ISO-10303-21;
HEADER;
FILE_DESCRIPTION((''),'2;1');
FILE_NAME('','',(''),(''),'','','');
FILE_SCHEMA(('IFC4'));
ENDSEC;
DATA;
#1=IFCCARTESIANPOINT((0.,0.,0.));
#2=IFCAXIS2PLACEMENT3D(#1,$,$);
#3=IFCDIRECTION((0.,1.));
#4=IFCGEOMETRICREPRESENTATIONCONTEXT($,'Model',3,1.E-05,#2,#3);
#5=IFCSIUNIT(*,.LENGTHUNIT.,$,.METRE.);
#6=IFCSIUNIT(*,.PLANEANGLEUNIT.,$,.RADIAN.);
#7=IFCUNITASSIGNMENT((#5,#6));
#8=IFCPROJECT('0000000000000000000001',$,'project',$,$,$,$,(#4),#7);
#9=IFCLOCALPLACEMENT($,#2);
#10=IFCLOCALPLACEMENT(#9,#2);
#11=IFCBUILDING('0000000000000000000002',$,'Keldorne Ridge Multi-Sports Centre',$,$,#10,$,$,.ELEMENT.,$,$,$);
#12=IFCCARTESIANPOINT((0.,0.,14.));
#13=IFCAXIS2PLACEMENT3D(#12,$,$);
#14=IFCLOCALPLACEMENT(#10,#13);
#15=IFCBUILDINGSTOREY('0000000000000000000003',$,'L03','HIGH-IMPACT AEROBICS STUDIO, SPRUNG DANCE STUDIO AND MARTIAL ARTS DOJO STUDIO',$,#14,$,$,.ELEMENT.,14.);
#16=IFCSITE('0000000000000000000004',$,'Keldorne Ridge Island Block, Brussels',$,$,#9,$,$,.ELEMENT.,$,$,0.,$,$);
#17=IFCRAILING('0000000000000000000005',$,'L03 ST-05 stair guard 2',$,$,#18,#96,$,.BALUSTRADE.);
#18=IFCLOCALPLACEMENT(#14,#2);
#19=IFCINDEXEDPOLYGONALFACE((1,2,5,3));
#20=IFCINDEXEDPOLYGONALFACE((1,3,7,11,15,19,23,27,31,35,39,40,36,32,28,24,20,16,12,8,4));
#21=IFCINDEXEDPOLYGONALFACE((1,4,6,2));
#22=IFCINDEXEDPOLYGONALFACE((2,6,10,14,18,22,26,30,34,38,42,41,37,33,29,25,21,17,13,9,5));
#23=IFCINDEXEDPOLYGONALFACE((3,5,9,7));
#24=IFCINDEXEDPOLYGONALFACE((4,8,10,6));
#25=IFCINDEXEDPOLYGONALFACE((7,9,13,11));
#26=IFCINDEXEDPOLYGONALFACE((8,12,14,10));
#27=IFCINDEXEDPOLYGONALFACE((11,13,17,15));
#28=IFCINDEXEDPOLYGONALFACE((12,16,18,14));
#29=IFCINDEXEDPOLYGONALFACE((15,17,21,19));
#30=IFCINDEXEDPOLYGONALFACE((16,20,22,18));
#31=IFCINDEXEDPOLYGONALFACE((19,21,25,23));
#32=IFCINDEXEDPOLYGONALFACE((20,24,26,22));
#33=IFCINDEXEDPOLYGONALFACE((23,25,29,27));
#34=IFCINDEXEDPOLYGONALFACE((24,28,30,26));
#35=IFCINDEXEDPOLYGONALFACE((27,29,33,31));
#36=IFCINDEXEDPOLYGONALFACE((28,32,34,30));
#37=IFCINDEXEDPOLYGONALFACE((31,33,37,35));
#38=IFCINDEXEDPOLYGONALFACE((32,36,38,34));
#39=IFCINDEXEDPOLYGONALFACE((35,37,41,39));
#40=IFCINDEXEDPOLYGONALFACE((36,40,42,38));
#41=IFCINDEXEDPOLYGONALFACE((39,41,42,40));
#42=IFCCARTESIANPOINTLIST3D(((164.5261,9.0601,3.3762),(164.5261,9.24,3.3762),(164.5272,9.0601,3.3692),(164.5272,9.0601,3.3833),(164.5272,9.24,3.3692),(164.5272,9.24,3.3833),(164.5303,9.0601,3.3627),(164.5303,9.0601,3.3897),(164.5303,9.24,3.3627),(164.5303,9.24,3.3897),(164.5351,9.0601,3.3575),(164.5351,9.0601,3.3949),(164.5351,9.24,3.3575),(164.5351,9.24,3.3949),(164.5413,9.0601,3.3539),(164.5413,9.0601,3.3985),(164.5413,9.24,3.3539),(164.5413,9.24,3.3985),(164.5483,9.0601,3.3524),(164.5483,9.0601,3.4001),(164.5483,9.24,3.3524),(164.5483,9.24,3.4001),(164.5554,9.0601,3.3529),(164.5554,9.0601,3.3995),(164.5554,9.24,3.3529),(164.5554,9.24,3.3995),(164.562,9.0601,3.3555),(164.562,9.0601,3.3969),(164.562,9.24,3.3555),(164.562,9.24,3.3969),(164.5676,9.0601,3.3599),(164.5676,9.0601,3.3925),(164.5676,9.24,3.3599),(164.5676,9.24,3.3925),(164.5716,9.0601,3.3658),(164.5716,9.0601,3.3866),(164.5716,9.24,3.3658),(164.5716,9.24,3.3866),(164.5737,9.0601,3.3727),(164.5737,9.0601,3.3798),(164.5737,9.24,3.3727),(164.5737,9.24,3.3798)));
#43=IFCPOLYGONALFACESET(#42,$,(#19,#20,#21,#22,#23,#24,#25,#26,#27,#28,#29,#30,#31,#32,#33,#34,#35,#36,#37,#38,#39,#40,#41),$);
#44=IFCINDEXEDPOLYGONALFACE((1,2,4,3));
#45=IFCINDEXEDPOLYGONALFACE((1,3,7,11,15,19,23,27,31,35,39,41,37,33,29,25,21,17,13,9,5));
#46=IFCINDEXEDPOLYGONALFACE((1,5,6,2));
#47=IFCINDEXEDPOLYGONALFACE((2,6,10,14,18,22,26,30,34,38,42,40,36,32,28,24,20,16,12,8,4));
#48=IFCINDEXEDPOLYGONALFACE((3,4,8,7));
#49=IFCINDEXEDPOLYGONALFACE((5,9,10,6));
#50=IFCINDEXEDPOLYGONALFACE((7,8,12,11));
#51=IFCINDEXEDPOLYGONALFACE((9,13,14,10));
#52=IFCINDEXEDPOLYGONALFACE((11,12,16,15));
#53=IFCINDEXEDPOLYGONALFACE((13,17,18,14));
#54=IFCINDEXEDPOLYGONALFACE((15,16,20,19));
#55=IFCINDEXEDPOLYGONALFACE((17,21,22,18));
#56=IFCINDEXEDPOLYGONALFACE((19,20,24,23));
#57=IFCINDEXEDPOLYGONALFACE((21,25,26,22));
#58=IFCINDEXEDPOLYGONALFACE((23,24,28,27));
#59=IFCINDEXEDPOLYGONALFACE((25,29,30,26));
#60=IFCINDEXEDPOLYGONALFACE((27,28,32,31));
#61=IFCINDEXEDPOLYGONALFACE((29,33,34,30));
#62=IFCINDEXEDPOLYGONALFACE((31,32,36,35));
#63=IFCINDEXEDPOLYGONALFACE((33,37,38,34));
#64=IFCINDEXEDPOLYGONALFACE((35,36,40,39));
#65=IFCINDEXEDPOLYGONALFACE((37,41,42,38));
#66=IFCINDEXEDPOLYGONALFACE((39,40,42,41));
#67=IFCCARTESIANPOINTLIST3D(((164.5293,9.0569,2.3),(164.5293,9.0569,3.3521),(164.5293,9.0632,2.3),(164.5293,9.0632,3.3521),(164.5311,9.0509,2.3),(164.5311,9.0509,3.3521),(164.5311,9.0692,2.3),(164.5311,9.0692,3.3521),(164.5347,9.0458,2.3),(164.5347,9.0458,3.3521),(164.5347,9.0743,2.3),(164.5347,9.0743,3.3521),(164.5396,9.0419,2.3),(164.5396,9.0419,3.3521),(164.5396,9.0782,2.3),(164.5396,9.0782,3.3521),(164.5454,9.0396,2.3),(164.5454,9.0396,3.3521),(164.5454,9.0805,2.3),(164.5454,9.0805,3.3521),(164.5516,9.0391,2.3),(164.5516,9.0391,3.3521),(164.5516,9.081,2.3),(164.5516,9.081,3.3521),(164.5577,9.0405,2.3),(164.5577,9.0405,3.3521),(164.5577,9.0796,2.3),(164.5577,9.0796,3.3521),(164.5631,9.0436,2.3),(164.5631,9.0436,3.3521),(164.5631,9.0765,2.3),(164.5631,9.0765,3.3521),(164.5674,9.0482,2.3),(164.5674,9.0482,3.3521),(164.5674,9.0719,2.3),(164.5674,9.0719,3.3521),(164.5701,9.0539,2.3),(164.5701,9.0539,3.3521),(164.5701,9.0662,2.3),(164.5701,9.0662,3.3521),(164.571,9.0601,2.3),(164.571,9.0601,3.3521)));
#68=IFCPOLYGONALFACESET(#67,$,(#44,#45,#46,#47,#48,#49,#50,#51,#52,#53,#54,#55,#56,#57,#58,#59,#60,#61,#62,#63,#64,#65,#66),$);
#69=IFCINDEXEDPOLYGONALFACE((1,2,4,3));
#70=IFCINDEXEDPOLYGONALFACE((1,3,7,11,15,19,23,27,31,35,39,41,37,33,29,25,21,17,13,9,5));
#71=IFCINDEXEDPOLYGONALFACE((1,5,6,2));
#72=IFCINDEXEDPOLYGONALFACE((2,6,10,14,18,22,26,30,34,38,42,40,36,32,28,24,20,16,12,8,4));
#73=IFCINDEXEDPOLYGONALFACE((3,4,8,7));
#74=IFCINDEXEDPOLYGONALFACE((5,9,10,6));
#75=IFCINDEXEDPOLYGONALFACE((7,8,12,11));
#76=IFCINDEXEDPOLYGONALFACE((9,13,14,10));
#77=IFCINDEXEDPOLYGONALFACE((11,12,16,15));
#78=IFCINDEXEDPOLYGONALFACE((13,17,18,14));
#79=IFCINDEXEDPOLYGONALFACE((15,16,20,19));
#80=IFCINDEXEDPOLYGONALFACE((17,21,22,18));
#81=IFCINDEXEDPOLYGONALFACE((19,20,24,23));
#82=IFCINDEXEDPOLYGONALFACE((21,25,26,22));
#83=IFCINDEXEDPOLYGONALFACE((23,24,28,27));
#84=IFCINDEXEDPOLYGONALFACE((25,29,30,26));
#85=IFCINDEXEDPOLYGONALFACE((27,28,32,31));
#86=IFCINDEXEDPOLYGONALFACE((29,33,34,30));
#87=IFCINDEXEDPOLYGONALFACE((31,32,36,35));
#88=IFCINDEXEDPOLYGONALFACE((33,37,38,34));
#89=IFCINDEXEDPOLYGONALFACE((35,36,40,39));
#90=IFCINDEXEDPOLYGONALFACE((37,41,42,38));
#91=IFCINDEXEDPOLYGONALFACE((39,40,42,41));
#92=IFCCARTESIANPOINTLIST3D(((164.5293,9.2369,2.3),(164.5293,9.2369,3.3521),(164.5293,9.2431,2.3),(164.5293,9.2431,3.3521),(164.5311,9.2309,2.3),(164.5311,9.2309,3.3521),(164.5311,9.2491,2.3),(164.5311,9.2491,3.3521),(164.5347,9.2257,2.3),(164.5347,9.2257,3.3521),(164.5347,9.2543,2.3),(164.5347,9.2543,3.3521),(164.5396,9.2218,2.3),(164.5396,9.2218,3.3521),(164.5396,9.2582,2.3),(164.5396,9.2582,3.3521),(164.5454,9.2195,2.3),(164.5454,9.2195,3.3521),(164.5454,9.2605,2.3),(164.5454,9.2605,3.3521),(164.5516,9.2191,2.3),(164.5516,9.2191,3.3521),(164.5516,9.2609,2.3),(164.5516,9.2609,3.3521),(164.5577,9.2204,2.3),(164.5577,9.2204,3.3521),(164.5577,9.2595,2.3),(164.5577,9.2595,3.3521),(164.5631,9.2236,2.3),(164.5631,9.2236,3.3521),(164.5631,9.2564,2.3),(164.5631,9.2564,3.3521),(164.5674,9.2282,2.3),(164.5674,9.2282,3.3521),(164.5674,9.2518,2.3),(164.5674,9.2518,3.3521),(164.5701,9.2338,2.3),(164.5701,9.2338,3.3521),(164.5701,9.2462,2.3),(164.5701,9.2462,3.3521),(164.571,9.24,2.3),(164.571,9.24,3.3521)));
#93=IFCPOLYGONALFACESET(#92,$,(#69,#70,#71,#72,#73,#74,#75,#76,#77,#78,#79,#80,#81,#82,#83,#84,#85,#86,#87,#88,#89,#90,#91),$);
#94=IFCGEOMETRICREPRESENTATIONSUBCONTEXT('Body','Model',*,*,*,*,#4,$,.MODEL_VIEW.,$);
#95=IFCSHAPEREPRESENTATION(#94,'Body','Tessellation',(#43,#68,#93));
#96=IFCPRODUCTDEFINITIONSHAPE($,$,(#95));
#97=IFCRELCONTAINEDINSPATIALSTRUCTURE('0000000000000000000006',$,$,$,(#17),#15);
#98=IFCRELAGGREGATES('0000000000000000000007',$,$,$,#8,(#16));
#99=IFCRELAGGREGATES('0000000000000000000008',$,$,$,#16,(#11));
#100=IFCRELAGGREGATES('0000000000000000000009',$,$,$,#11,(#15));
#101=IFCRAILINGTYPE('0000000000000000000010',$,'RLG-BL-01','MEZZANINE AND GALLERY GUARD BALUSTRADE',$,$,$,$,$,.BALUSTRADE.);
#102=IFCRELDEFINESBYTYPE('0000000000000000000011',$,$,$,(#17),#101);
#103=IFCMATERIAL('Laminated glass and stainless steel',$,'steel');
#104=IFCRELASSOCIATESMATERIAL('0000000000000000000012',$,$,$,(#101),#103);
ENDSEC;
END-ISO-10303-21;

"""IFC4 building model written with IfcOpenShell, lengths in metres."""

from ifc_helpers import new_model, si_unit, direction, frame, origin, origin_2d, place, context, subcontext, project, spatial, circle, extrude, material, type_object, element, save


model = new_model("IFC4")

# Units and contexts
model_context = context("Model", 3, precision=1e-05, world=origin(), true_north=direction((0.0, 1.0)))
body_context = subcontext(model_context, "Body", "Model", "MODEL_VIEW")
ifc_project = project(units=[si_unit("LENGTHUNIT", "METRE"), si_unit("PLANEANGLEUNIT", "RADIAN")], contexts=[model_context])

# Site, building, storey
site_placement = place(None, origin())
site = spatial("IfcSite", under=ifc_project, at=site_placement, Name="Keldorne Ridge Island Block, Brussels", CompositionType="ELEMENT", RefElevation=0.0)
building_placement = place(site_placement, origin())
building = spatial("IfcBuilding", under=site, at=building_placement, Name="Keldorne Ridge Multi-Sports Centre", CompositionType="ELEMENT")
storey_placement = place(building_placement, frame((0.0, 0.0, 14.0)))
storey = spatial("IfcBuildingStorey", under=building, at=storey_placement, Name="L03", Description="HIGH-IMPACT AEROBICS STUDIO, SPRUNG DANCE STUDIO AND MARTIAL ARTS DOJO STUDIO", CompositionType="ELEMENT", Elevation=14.0)

# Railing
ifc_material_1 = material(Name="Laminated glass and stainless steel", Category="steel")
railing_type_1 = type_object("IfcRailingType", Name="RLG-BL-01", Description="MEZZANINE AND GALLERY GUARD BALUSTRADE", PredefinedType="BALUSTRADE", material=ifc_material_1)
railing_1_placement = place(storey_placement, frame((164.55, 9.0601, 2.3)))
element("IfcRailing", 1, at=railing_1_placement, inside=storey, type_object=railing_type_1, Name="L03 ST-05 stair guard 2", PredefinedType="BALUSTRADE", context=body_context, shape_type="SweptSolid", body=[
    extrude(circle(Radius=0.0239, at=origin_2d()), frame((0.0, 0.0, 1.0762), z_axis=(0.0, 1.0, 0.0), x_axis=(-1.0, 0.0, 0.0)), (0.0, 0.0, 1.0), 0.1799),
    extrude(circle(Radius=0.021, at=origin_2d()), origin(), (0.0, 0.0, 1.0), 1.052),
    extrude(circle(Radius=0.021, at=origin_2d()), frame((0.0, 0.1799, 0.0)), (0.0, 0.0, 1.0), 1.052),
])

save(model, "model.ifc")
